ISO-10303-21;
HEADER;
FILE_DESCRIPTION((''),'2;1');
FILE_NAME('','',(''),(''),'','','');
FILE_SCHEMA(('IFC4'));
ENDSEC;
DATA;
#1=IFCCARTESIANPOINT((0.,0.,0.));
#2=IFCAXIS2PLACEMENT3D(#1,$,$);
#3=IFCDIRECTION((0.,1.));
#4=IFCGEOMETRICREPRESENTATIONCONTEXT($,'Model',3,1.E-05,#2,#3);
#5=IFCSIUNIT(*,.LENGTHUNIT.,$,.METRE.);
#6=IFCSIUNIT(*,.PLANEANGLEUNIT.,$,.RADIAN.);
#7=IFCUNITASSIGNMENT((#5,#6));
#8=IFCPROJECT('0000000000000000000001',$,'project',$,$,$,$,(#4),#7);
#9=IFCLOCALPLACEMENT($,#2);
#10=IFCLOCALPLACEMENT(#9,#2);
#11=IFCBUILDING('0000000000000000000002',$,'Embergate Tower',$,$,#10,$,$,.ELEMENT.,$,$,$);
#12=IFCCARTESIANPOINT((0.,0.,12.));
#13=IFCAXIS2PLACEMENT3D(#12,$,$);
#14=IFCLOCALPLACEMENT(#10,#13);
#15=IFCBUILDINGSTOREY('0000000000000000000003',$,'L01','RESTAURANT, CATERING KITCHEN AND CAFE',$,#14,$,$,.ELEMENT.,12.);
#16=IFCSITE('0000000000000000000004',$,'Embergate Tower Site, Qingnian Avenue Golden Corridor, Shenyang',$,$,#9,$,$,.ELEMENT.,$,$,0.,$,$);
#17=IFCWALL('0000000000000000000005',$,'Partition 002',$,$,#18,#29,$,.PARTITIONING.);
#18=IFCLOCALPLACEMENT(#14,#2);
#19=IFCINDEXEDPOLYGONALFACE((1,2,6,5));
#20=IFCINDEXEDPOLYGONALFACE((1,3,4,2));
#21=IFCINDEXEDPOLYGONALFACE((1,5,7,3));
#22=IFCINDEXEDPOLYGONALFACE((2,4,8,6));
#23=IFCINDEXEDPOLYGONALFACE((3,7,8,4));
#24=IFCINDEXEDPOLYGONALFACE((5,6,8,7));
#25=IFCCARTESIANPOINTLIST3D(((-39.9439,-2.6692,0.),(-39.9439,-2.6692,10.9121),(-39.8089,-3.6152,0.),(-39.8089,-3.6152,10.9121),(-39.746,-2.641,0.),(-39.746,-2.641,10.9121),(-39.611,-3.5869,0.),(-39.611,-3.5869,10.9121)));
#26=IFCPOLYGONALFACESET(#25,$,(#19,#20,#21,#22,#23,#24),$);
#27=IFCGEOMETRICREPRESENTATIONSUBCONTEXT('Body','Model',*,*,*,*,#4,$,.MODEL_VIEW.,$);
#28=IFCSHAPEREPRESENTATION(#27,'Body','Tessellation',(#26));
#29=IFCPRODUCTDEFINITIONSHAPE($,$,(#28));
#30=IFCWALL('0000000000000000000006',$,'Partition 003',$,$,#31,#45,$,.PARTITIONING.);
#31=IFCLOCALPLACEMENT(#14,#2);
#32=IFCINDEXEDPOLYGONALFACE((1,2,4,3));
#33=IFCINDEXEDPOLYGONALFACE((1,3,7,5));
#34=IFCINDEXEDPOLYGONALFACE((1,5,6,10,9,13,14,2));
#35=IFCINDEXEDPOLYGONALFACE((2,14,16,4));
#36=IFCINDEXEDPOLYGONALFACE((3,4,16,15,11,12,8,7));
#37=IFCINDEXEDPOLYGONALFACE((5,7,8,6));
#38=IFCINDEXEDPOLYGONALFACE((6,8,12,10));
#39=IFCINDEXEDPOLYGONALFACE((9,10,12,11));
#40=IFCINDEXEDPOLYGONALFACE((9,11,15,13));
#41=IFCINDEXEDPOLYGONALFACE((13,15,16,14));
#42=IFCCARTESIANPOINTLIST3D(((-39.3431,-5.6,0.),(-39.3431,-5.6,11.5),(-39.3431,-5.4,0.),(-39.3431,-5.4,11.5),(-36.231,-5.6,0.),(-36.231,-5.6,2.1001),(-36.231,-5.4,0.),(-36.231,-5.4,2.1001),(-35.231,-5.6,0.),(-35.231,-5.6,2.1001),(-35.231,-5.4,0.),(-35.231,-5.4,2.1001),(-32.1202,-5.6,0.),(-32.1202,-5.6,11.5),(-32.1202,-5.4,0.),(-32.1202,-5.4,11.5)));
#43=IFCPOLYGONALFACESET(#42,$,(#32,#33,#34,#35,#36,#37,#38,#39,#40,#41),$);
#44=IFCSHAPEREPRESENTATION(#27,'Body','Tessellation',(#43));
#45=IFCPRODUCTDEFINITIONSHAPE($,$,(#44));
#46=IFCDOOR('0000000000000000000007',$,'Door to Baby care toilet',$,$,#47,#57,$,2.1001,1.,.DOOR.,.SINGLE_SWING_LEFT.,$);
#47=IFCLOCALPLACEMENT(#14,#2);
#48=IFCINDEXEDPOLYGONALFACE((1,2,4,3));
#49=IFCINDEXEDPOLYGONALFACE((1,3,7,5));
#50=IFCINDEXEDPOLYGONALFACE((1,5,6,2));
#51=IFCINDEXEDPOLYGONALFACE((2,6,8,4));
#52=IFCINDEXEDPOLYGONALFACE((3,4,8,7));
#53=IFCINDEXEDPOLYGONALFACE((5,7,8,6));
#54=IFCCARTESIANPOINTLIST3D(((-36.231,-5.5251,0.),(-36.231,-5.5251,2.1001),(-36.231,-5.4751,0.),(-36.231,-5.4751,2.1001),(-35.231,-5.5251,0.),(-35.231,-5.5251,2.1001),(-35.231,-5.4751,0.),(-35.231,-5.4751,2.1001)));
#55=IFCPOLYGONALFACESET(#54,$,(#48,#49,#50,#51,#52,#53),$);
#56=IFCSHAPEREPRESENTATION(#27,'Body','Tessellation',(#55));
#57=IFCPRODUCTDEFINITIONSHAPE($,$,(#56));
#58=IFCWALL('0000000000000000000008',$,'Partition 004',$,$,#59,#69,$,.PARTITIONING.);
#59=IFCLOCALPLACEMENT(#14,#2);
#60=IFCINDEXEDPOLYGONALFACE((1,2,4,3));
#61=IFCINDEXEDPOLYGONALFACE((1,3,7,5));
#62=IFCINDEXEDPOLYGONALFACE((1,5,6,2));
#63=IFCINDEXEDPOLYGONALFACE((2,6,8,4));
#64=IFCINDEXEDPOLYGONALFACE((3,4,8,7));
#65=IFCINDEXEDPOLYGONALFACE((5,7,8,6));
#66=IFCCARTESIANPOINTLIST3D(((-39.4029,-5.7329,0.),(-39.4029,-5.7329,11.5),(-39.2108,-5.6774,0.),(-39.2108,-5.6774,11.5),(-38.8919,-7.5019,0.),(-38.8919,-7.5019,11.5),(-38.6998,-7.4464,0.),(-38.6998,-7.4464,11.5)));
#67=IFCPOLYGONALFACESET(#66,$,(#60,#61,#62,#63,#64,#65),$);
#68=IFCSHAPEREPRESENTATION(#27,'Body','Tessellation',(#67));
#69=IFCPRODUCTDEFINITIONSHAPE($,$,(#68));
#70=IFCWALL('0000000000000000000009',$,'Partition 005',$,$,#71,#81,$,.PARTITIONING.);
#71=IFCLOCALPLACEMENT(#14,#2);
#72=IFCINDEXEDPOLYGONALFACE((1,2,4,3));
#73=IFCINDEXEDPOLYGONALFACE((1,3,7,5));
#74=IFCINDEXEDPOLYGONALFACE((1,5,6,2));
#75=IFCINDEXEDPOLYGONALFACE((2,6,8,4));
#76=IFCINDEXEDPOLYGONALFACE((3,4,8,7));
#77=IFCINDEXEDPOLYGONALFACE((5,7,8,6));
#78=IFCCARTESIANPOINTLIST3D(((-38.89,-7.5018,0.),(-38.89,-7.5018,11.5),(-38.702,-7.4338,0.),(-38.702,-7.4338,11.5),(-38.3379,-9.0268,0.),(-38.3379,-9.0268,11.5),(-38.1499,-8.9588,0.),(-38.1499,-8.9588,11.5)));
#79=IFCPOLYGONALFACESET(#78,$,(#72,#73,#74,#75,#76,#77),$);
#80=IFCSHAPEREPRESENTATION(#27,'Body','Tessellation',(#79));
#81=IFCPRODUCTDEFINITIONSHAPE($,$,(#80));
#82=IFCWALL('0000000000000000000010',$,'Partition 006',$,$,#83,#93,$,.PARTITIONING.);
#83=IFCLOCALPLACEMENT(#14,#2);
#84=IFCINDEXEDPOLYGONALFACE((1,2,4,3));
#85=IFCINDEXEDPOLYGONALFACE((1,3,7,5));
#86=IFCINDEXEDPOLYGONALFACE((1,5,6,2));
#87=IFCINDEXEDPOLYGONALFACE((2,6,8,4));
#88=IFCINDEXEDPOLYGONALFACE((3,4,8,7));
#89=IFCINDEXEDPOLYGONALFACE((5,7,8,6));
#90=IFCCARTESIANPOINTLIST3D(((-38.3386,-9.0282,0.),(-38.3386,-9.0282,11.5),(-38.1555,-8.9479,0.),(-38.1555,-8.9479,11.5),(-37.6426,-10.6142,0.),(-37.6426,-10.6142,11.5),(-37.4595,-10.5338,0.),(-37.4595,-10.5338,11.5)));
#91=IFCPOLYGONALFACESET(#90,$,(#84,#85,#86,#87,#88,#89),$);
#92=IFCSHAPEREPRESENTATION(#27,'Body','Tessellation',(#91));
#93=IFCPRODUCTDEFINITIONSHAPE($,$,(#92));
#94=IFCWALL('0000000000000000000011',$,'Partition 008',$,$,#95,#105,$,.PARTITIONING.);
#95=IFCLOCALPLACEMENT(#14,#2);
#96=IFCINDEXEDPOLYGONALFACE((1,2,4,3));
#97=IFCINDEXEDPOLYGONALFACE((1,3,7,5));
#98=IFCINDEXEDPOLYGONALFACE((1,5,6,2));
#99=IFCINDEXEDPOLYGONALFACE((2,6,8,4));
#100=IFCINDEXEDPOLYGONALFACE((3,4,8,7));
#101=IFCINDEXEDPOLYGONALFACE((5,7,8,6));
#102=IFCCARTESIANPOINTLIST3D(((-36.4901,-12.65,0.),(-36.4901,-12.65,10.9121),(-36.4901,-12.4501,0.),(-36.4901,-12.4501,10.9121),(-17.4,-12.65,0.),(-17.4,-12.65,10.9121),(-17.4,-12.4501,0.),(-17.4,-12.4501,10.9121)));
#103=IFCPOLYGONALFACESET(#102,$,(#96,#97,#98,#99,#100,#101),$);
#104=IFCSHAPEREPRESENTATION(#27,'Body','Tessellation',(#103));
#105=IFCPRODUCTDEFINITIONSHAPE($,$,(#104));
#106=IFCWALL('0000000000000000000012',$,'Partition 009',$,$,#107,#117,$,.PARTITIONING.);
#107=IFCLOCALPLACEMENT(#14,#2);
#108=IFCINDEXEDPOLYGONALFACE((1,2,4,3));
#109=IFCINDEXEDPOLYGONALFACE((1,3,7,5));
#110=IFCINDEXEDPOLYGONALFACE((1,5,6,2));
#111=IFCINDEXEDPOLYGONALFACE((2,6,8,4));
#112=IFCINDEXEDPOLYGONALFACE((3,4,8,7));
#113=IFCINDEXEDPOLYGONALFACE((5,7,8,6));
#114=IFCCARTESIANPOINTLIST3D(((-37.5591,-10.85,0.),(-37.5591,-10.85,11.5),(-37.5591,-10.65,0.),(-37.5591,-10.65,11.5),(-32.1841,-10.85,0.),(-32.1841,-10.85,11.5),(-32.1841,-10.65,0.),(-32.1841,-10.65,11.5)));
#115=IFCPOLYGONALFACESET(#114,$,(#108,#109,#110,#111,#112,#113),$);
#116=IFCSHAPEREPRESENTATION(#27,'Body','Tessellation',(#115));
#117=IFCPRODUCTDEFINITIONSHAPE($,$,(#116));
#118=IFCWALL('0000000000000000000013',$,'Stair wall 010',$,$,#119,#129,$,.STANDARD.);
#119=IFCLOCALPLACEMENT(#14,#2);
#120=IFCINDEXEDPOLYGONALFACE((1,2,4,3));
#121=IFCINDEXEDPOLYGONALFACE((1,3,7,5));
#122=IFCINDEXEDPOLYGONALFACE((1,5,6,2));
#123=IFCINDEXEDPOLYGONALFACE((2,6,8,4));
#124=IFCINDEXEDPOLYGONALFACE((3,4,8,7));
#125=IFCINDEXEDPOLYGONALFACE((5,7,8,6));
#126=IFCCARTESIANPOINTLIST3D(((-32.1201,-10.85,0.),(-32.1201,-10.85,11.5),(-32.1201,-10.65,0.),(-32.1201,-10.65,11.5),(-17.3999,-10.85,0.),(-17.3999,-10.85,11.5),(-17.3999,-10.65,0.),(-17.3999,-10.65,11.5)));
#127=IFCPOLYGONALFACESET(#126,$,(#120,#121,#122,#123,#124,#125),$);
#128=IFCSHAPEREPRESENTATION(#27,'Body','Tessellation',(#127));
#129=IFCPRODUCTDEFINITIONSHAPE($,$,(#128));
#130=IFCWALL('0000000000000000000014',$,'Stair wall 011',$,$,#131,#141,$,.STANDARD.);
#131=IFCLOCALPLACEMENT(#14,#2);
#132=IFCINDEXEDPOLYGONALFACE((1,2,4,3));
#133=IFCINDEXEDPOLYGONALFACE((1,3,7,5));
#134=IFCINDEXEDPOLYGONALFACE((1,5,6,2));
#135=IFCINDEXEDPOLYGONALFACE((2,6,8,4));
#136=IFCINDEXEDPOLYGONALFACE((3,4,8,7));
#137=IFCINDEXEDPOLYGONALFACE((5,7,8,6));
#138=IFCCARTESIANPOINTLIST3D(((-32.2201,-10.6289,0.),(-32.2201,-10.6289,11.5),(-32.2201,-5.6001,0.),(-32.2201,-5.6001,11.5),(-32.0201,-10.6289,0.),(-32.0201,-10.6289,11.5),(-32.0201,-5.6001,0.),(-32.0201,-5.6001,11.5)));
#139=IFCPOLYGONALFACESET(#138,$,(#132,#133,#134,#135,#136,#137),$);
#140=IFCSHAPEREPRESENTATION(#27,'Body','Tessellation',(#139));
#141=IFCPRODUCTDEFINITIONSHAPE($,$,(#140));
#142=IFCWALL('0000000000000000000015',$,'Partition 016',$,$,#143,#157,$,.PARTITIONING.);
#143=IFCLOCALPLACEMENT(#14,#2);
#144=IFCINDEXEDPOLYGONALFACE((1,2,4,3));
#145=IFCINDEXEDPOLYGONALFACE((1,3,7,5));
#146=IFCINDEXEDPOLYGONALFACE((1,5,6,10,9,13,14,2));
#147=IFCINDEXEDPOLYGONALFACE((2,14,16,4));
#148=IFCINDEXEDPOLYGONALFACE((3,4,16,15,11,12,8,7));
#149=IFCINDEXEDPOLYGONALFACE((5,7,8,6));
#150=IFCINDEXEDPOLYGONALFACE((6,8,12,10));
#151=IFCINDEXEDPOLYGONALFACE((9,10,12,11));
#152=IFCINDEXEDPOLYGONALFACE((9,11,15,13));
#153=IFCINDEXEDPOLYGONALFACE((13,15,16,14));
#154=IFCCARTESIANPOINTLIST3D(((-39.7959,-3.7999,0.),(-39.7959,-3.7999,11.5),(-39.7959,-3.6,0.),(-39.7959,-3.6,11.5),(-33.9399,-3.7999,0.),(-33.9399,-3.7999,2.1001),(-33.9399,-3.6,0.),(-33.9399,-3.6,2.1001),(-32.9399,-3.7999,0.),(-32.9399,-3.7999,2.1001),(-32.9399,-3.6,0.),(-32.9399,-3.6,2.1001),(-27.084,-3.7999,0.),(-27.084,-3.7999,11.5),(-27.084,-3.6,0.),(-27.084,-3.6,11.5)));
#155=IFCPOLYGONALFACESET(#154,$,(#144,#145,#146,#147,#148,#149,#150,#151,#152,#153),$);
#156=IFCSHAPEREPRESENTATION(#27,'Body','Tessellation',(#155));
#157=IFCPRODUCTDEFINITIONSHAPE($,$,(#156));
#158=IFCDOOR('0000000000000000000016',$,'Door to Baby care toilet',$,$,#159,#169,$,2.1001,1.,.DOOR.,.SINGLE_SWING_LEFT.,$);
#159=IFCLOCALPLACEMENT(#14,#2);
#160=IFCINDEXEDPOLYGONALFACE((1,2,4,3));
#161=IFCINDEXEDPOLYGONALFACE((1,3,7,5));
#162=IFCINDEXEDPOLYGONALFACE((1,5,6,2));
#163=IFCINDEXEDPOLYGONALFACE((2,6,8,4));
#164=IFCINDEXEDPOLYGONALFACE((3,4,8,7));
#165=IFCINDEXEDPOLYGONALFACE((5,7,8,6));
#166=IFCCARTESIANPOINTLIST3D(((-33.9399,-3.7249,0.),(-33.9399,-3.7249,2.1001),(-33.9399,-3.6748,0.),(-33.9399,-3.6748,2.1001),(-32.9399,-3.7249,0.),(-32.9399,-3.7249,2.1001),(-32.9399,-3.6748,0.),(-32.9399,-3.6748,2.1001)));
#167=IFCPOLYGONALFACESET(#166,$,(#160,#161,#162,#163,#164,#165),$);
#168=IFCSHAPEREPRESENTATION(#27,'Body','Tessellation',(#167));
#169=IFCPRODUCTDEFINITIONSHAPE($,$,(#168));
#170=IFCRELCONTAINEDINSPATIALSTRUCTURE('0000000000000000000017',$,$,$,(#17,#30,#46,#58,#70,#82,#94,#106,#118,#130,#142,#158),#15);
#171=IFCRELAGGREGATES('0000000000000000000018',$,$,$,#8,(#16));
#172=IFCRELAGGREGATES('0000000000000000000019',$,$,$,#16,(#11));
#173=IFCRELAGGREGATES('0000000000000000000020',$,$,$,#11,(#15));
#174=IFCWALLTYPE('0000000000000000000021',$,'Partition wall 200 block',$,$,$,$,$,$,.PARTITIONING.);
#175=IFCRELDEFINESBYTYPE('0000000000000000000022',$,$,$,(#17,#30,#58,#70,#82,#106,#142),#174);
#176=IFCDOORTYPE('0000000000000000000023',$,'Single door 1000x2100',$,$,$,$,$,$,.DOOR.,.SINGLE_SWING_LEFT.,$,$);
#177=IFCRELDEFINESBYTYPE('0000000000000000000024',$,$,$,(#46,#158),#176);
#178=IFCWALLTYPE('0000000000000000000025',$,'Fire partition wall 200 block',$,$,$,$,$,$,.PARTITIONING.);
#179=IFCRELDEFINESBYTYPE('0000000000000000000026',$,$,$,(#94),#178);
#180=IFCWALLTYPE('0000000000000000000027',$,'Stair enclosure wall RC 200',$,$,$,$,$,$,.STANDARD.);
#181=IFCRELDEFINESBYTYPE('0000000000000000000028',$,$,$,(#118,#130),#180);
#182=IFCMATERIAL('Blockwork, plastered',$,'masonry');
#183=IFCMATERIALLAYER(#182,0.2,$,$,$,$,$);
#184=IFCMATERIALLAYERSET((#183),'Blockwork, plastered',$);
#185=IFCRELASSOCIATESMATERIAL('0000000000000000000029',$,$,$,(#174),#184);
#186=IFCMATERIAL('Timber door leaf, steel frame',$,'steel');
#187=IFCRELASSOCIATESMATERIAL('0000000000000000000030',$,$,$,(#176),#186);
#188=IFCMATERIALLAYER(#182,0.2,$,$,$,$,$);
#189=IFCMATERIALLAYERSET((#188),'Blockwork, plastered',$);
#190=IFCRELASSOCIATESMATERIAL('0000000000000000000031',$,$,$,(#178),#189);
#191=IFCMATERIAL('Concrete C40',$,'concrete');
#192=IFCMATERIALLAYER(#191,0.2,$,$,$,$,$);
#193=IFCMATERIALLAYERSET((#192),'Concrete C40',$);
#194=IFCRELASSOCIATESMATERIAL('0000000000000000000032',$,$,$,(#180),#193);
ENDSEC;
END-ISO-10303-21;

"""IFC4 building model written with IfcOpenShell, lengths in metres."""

from ifc_helpers import new_model, si_unit, direction, frame, frame_2d, origin, place, context, subcontext, project, spatial, rectangle, extrude, source, transform, mapped, material, layer, layer_set, type_object, element, fill, save


model = new_model("IFC4")

# Units and contexts
model_context = context("Model", 3, precision=1e-05, world=origin(), true_north=direction((0.0, 1.0)))
body_context = subcontext(model_context, "Body", "Model", "MODEL_VIEW")
ifc_project = project(units=[si_unit("LENGTHUNIT", "METRE"), si_unit("PLANEANGLEUNIT", "RADIAN")], contexts=[model_context])

# Site, building, storey
site_placement = place(None, origin())
site = spatial("IfcSite", under=ifc_project, at=site_placement, Name="Embergate Tower Site, Qingnian Avenue Golden Corridor, Shenyang", CompositionType="ELEMENT", RefElevation=0.0)
building_placement = place(site_placement, origin())
building = spatial("IfcBuilding", under=site, at=building_placement, Name="Embergate Tower", CompositionType="ELEMENT")
storey_placement = place(building_placement, frame((0.0, 0.0, 12.0)))
storey = spatial("IfcBuildingStorey", under=building, at=storey_placement, Name="L01", Description="RESTAURANT, CATERING KITCHEN AND CAFE", CompositionType="ELEMENT", Elevation=12.0)

# Shared definitions
ifc_material_1 = material(Name="Concrete C40", Category="concrete")

# Wall
ifc_material_2 = material(Name="Blockwork, plastered", Category="masonry")
ifc_layer_1 = layer(ifc_material_2, 0.2)
ifc_layer_set_1 = layer_set([ifc_layer_1], Name="Blockwork, plastered")
wall_type_1 = type_object("IfcWallType", Name="Partition wall 200 block", PredefinedType="PARTITIONING", material=ifc_layer_set_1)
shared_shape_1 = source(origin(), body_context, "Body", "SweptSolid", [
    extrude(rectangle(XDim=0.9556, YDim=0.2, at=frame_2d((0.4778, 0.0))), origin(), (0.0, 0.0, 1.0), 10.9121),
])
wall_1_placement = place(storey_placement, frame((-39.71, -3.6011, 0.0), z_axis=(0.0, 0.0, 1.0), x_axis=(-0.141278, 0.98997, 0.0)))
element("IfcWall", 1, at=wall_1_placement, inside=storey, type_object=wall_type_1, Name="Partition 002", PredefinedType="PARTITIONING", context=body_context, shape_type="MappedRepresentation", body=[
    mapped(shared_shape_1, transform((0.0, 0.0, 0.0))),
])

# Wall, opening, door
shared_shape_2 = source(origin(), body_context, "Body", "SweptSolid", [
    extrude(rectangle(XDim=7.2229, YDim=0.2, at=frame_2d((3.6113, 0.0))), origin(), (0.0, 0.0, 1.0), 11.5),
])
wall_2_placement = place(storey_placement, frame((-39.343, -5.5, 0.0), z_axis=(0.0, 0.0, 1.0), x_axis=(1.0, 0.0, 0.0)))
wall_2 = element("IfcWall", 2, at=wall_2_placement, inside=storey, type_object=wall_type_1, Name="Partition 003", PredefinedType="PARTITIONING", context=body_context, shape_type="MappedRepresentation", body=[
    mapped(shared_shape_2, transform((0.0, 0.0, 0.0))),
])
shared_shape_3 = source(origin(), body_context, "Body", "SweptSolid", [
    extrude(rectangle(XDim=1.0, YDim=2.1001, at=frame_2d((0.5, 1.05))), frame((0.0, 0.1099, 0.0), z_axis=(0.0, -1.0, 0.0), x_axis=(1.0, 0.0, 0.0)), (0.0, 0.0, 1.0), 0.22),
])
opening_1_placement = place(wall_2_placement, frame((3.1121, 0.0, 0.0)))
opening_1 = element("IfcOpeningElement", 3, at=opening_1_placement, cuts=wall_2, PredefinedType="OPENING", context=body_context, shape_type="MappedRepresentation", body=[
    mapped(shared_shape_3, transform((0.0, 0.0, 0.0))),
])
ifc_material_3 = material(Name="Timber door leaf, steel frame", Category="steel")
door_type = type_object("IfcDoorType", Name="Single door 1000x2100", OperationType="SINGLE_SWING_LEFT", PredefinedType="DOOR", material=ifc_material_3)
shared_shape_4 = source(origin(), body_context, "Body", "SweptSolid", [
    extrude(rectangle(XDim=1.0, YDim=2.1001, at=frame_2d((0.5, 1.05))), frame((0.0, 0.0249, 0.0), z_axis=(0.0, -1.0, 0.0), x_axis=(1.0, 0.0, 0.0)), (0.0, 0.0, 1.0), 0.05),
])
door_1_placement = place(opening_1_placement, origin())
door_1 = element("IfcDoor", 4, at=door_1_placement, inside=storey, type_object=door_type, Name="Door to Baby care toilet", OperationType="SINGLE_SWING_LEFT", OverallHeight=2.1001, OverallWidth=1.0, PredefinedType="DOOR", context=body_context, shape_type="MappedRepresentation", body=[
    mapped(shared_shape_4, transform((0.0, 0.0, 0.0))),
])
fill(opening_1, door_1)

# Walls
shared_shape_5 = source(origin(), body_context, "Body", "SweptSolid", [
    extrude(rectangle(XDim=1.8413, YDim=0.2, at=frame_2d((0.9207, 0.0))), origin(), (0.0, 0.0, 1.0), 11.5),
])
wall_3_placement = place(storey_placement, frame((-38.7959, -7.4741, 0.0), z_axis=(0.0, 0.0, 1.0), x_axis=(-0.277504, 0.960724, 0.0)))
element("IfcWall", 5, at=wall_3_placement, inside=storey, type_object=wall_type_1, Name="Partition 004", PredefinedType="PARTITIONING", context=body_context, shape_type="MappedRepresentation", body=[
    mapped(shared_shape_5, transform((0.0, 0.0, 0.0))),
])
shared_shape_6 = source(origin(), body_context, "Body", "SweptSolid", [
    extrude(rectangle(XDim=1.6218, YDim=0.2, at=frame_2d((0.811, 0.0))), origin(), (0.0, 0.0, 1.0), 11.5),
])
wall_4_placement = place(storey_placement, frame((-38.2439, -8.9929, 0.0), z_axis=(0.0, 0.0, 1.0), x_axis=(-0.340377, 0.940289, 0.0)))
element("IfcWall", 6, at=wall_4_placement, inside=storey, type_object=wall_type_1, Name="Partition 005", PredefinedType="PARTITIONING", context=body_context, shape_type="MappedRepresentation", body=[
    mapped(shared_shape_6, transform((0.0, 0.0, 0.0))),
])
shared_shape_7 = source(origin(), body_context, "Body", "SweptSolid", [
    extrude(rectangle(XDim=1.7319, YDim=0.2, at=frame_2d((0.866, 0.0))), origin(), (0.0, 0.0, 1.0), 11.5),
])
wall_5_placement = place(storey_placement, frame((-37.551, -10.574, 0.0), z_axis=(0.0, 0.0, 1.0), x_axis=(-0.401883, 0.915691, 0.0)))
element("IfcWall", 7, at=wall_5_placement, inside=storey, type_object=wall_type_1, Name="Partition 006", PredefinedType="PARTITIONING", context=body_context, shape_type="MappedRepresentation", body=[
    mapped(shared_shape_7, transform((0.0, 0.0, 0.0))),
])
ifc_layer_2 = layer(ifc_material_2, 0.2)
ifc_layer_set_2 = layer_set([ifc_layer_2], Name="Blockwork, plastered")
wall_type_2 = type_object("IfcWallType", Name="Fire partition wall 200 block", PredefinedType="PARTITIONING", material=ifc_layer_set_2)
shared_shape_8 = source(origin(), body_context, "Body", "SweptSolid", [
    extrude(rectangle(XDim=19.0901, YDim=0.2, at=frame_2d((9.5449, 0.0))), origin(), (0.0, 0.0, 1.0), 10.9121),
])
wall_6_placement = place(storey_placement, frame((-36.49, -12.55, 0.0), z_axis=(0.0, 0.0, 1.0), x_axis=(1.0, 0.0, 0.0)))
element("IfcWall", 8, at=wall_6_placement, inside=storey, type_object=wall_type_2, Name="Partition 008", PredefinedType="PARTITIONING", context=body_context, shape_type="MappedRepresentation", body=[
    mapped(shared_shape_8, transform((0.0, 0.0, 0.0))),
])
shared_shape_9 = source(origin(), body_context, "Body", "SweptSolid", [
    extrude(rectangle(XDim=5.375, YDim=0.2, at=frame_2d((2.6875, 0.0))), origin(), (0.0, 0.0, 1.0), 11.5),
])
wall_7_placement = place(storey_placement, frame((-32.1841, -10.75, 0.0), z_axis=(0.0, 0.0, 1.0), x_axis=(-1.0, 0.0, 0.0)))
element("IfcWall", 9, at=wall_7_placement, inside=storey, type_object=wall_type_1, Name="Partition 009", PredefinedType="PARTITIONING", context=body_context, shape_type="MappedRepresentation", body=[
    mapped(shared_shape_9, transform((0.0, 0.0, 0.0))),
])
ifc_layer_3 = layer(ifc_material_1, 0.2)
ifc_layer_set_3 = layer_set([ifc_layer_3], Name="Concrete C40")
wall_type_3 = type_object("IfcWallType", Name="Stair enclosure wall RC 200", PredefinedType="STANDARD", material=ifc_layer_set_3)
shared_shape_10 = source(origin(), body_context, "Body", "SweptSolid", [
    extrude(rectangle(XDim=14.7202, YDim=0.2, at=frame_2d((7.3601, 0.0))), origin(), (0.0, 0.0, 1.0), 11.5),
])
wall_8_placement = place(storey_placement, frame((-32.1201, -10.75, 0.0), z_axis=(0.0, 0.0, 1.0), x_axis=(1.0, 0.0, 0.0)))
element("IfcWall", 10, at=wall_8_placement, inside=storey, type_object=wall_type_3, Name="Stair wall 010", PredefinedType="STANDARD", context=body_context, shape_type="MappedRepresentation", body=[
    mapped(shared_shape_10, transform((0.0, 0.0, 0.0))),
])
shared_shape_11 = source(origin(), body_context, "Body", "SweptSolid", [
    extrude(rectangle(XDim=5.0288, YDim=0.2, at=frame_2d((2.5144, 0.0))), origin(), (0.0, 0.0, 1.0), 11.5),
])
wall_9_placement = place(storey_placement, frame((-32.1201, -5.6001, 0.0), z_axis=(0.0, 0.0, 1.0), x_axis=(0.0, -1.0, 0.0)))
element("IfcWall", 11, at=wall_9_placement, inside=storey, type_object=wall_type_3, Name="Stair wall 011", PredefinedType="STANDARD", context=body_context, shape_type="MappedRepresentation", body=[
    mapped(shared_shape_11, transform((0.0, 0.0, 0.0))),
])

# Wall, opening, door
shared_shape_12 = source(origin(), body_context, "Body", "SweptSolid", [
    extrude(rectangle(XDim=12.7119, YDim=0.2, at=frame_2d((6.356, 0.0))), origin(), (0.0, 0.0, 1.0), 11.5),
])
wall_10_placement = place(storey_placement, frame((-27.084, -3.7, 0.0), z_axis=(0.0, 0.0, 1.0), x_axis=(-1.0, 0.0, 0.0)))
wall_10 = element("IfcWall", 12, at=wall_10_placement, inside=storey, type_object=wall_type_1, Name="Partition 016", PredefinedType="PARTITIONING", context=body_context, shape_type="MappedRepresentation", body=[
    mapped(shared_shape_12, transform((0.0, 0.0, 0.0))),
])
opening_2_placement = place(wall_10_placement, frame((5.856, 0.0, 0.0)))
opening_2 = element("IfcOpeningElement", 13, at=opening_2_placement, cuts=wall_10, PredefinedType="OPENING", context=body_context, shape_type="MappedRepresentation", body=[
    mapped(shared_shape_3, transform((0.0, 0.0, 0.0))),
])
door_2_placement = place(opening_2_placement, origin())
door_2 = element("IfcDoor", 14, at=door_2_placement, inside=storey, type_object=door_type, Name="Door to Baby care toilet", OperationType="SINGLE_SWING_LEFT", OverallHeight=2.1001, OverallWidth=1.0, PredefinedType="DOOR", context=body_context, shape_type="MappedRepresentation", body=[
    mapped(shared_shape_4, transform((0.0, 0.0, 0.0))),
])
fill(opening_2, door_2)

save(model, "model.ifc")
